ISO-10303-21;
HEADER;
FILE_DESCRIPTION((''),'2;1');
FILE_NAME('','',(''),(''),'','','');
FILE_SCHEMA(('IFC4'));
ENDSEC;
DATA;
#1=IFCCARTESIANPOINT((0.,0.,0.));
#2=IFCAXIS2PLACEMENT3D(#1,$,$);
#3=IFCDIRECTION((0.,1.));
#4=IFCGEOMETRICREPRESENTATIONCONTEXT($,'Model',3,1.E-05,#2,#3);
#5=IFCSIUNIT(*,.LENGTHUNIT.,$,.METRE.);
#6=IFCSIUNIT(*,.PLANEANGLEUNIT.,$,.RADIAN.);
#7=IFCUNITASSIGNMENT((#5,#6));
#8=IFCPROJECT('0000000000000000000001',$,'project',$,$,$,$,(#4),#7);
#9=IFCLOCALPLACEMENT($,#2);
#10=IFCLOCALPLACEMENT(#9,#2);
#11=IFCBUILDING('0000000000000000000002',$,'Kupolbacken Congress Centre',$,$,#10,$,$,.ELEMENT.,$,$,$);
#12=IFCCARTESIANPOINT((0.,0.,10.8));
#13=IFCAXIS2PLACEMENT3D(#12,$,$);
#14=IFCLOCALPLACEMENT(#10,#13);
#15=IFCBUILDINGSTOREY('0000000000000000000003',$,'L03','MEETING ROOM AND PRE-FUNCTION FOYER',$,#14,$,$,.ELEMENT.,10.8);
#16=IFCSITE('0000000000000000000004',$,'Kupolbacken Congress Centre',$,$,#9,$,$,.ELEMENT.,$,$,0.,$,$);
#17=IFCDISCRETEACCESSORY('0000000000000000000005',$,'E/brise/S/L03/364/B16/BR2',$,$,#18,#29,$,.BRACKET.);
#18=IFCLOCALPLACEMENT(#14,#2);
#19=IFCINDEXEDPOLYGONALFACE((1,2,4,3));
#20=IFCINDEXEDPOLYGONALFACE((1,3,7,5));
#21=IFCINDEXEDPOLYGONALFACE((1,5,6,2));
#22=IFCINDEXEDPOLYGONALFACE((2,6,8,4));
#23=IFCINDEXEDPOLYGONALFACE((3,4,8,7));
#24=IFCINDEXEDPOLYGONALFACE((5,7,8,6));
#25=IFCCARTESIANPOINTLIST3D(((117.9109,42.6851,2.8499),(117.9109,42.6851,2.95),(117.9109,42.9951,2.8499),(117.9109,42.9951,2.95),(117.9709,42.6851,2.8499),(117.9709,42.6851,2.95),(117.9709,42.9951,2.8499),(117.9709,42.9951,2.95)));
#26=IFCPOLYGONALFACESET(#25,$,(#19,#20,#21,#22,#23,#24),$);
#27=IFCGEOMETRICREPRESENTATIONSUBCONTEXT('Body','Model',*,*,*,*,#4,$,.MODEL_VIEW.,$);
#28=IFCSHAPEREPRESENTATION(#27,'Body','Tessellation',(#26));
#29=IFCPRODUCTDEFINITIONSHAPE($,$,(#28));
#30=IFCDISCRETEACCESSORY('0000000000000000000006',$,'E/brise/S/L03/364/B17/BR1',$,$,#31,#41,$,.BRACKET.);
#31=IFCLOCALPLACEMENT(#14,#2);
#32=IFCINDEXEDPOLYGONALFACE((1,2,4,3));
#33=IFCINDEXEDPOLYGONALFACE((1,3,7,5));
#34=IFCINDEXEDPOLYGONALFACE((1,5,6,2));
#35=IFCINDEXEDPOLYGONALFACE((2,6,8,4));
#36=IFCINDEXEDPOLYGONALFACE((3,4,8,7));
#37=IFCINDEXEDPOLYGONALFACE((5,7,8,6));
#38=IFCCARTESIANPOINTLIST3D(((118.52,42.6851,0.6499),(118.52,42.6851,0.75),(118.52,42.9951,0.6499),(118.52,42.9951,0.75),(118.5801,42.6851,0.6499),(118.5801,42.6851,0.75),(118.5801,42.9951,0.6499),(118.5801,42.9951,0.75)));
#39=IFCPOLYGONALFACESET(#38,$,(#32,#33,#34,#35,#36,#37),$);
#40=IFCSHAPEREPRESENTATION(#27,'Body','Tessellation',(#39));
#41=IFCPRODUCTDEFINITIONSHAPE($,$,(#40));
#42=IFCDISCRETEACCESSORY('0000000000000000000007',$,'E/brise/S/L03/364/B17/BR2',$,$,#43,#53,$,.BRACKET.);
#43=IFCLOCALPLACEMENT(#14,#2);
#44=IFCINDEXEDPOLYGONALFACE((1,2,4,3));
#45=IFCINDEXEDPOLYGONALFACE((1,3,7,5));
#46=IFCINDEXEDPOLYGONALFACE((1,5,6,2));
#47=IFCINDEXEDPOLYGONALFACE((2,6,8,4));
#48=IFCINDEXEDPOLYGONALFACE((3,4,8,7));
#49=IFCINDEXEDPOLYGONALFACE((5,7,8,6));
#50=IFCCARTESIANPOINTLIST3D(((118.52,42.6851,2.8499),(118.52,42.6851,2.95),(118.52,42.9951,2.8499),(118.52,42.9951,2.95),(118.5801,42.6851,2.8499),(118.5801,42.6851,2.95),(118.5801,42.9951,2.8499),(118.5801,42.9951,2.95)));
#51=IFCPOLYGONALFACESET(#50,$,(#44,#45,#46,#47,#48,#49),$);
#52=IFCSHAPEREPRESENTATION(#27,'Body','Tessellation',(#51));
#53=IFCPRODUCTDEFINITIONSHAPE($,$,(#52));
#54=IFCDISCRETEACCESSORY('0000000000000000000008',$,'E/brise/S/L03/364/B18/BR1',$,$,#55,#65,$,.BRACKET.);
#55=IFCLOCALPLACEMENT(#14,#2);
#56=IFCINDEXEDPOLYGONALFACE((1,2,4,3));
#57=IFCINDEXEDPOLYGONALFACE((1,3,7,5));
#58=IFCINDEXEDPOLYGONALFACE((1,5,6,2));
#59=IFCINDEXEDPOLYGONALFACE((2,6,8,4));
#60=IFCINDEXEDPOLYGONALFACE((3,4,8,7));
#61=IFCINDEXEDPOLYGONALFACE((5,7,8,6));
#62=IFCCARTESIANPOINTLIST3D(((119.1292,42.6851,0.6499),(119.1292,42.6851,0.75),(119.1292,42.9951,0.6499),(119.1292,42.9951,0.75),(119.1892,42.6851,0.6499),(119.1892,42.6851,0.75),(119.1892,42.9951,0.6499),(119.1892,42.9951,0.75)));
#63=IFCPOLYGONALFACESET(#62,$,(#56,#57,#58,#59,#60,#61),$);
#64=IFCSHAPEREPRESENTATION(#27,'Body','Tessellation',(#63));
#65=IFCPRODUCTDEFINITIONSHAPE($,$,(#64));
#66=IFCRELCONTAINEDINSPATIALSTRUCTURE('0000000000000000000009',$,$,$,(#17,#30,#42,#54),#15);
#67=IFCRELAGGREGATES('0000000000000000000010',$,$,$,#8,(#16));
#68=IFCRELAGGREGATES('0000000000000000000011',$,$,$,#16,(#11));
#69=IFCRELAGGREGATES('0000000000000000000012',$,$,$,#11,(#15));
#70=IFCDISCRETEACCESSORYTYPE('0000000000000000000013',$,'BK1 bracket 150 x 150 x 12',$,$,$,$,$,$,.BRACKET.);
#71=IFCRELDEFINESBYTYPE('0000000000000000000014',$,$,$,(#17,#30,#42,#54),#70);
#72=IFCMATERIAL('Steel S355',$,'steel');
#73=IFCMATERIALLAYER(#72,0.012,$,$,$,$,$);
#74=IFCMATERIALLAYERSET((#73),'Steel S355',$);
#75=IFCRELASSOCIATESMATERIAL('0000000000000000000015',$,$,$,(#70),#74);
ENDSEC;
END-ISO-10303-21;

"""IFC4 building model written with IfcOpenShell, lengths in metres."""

from ifc_helpers import new_model, si_unit, direction, frame, origin, origin_2d, place, context, subcontext, project, spatial, rectangle, extrude, material, layer, layer_set, type_object, element, save


model = new_model("IFC4")

# Units and contexts
model_context = context("Model", 3, precision=1e-05, world=origin(), true_north=direction((0.0, 1.0)))
body_context = subcontext(model_context, "Body", "Model", "MODEL_VIEW")
ifc_project = project(units=[si_unit("LENGTHUNIT", "METRE"), si_unit("PLANEANGLEUNIT", "RADIAN")], contexts=[model_context])

# Site, building, storey
site_placement = place(None, origin())
site = spatial("IfcSite", under=ifc_project, at=site_placement, Name="Kupolbacken Congress Centre", CompositionType="ELEMENT", RefElevation=0.0)
building_placement = place(site_placement, origin())
building = spatial("IfcBuilding", under=site, at=building_placement, Name="Kupolbacken Congress Centre", CompositionType="ELEMENT")
storey_placement = place(building_placement, frame((0.0, 0.0, 10.8)))
storey = spatial("IfcBuildingStorey", under=building, at=storey_placement, Name="L03", Description="MEETING ROOM AND PRE-FUNCTION FOYER", CompositionType="ELEMENT", Elevation=10.8)

# Discrete accessories
ifc_material_1 = material(Name="Steel S355", Category="steel")
ifc_layer_1 = layer(ifc_material_1, 0.012)
ifc_layer_set_1 = layer_set([ifc_layer_1], Name="Steel S355")
discrete_accessory_type = type_object("IfcDiscreteAccessoryType", Name="BK1 bracket 150 x 150 x 12", PredefinedType="BRACKET", material=ifc_layer_set_1)
for number, where, z_axis, x_axis, name in (
    (1, (117.9409, 42.8401, 2.8499), (0.0, 0.0, 1.0), (1.0, 0.0, 0.0), "E/brise/S/L03/364/B16/BR2"),
    (2, (118.55, 42.8401, 0.6499), (0.0, 0.0, 1.0), (1.0, 0.0, 0.0), "E/brise/S/L03/364/B17/BR1"),
    (3, (118.55, 42.8401, 2.8499), (0.0, 0.0, 1.0), (1.0, 0.0, 0.0), "E/brise/S/L03/364/B17/BR2"),
    (4, (119.1592, 42.8401, 0.6499), (0.0, 0.0, 1.0), (1.0, 0.0, 0.0), "E/brise/S/L03/364/B18/BR1"),
):
    element("IfcDiscreteAccessory", number, at=place(storey_placement, frame(where, z_axis=z_axis, x_axis=x_axis)), inside=storey, type_object=discrete_accessory_type, Name=name, PredefinedType="BRACKET", context=body_context, shape_type="SweptSolid", body=[
        extrude(rectangle(XDim=0.0601, YDim=0.3101, at=origin_2d()), origin(), (0.0, 0.0, 1.0), 0.1001),
    ])

save(model, "model.ifc")
